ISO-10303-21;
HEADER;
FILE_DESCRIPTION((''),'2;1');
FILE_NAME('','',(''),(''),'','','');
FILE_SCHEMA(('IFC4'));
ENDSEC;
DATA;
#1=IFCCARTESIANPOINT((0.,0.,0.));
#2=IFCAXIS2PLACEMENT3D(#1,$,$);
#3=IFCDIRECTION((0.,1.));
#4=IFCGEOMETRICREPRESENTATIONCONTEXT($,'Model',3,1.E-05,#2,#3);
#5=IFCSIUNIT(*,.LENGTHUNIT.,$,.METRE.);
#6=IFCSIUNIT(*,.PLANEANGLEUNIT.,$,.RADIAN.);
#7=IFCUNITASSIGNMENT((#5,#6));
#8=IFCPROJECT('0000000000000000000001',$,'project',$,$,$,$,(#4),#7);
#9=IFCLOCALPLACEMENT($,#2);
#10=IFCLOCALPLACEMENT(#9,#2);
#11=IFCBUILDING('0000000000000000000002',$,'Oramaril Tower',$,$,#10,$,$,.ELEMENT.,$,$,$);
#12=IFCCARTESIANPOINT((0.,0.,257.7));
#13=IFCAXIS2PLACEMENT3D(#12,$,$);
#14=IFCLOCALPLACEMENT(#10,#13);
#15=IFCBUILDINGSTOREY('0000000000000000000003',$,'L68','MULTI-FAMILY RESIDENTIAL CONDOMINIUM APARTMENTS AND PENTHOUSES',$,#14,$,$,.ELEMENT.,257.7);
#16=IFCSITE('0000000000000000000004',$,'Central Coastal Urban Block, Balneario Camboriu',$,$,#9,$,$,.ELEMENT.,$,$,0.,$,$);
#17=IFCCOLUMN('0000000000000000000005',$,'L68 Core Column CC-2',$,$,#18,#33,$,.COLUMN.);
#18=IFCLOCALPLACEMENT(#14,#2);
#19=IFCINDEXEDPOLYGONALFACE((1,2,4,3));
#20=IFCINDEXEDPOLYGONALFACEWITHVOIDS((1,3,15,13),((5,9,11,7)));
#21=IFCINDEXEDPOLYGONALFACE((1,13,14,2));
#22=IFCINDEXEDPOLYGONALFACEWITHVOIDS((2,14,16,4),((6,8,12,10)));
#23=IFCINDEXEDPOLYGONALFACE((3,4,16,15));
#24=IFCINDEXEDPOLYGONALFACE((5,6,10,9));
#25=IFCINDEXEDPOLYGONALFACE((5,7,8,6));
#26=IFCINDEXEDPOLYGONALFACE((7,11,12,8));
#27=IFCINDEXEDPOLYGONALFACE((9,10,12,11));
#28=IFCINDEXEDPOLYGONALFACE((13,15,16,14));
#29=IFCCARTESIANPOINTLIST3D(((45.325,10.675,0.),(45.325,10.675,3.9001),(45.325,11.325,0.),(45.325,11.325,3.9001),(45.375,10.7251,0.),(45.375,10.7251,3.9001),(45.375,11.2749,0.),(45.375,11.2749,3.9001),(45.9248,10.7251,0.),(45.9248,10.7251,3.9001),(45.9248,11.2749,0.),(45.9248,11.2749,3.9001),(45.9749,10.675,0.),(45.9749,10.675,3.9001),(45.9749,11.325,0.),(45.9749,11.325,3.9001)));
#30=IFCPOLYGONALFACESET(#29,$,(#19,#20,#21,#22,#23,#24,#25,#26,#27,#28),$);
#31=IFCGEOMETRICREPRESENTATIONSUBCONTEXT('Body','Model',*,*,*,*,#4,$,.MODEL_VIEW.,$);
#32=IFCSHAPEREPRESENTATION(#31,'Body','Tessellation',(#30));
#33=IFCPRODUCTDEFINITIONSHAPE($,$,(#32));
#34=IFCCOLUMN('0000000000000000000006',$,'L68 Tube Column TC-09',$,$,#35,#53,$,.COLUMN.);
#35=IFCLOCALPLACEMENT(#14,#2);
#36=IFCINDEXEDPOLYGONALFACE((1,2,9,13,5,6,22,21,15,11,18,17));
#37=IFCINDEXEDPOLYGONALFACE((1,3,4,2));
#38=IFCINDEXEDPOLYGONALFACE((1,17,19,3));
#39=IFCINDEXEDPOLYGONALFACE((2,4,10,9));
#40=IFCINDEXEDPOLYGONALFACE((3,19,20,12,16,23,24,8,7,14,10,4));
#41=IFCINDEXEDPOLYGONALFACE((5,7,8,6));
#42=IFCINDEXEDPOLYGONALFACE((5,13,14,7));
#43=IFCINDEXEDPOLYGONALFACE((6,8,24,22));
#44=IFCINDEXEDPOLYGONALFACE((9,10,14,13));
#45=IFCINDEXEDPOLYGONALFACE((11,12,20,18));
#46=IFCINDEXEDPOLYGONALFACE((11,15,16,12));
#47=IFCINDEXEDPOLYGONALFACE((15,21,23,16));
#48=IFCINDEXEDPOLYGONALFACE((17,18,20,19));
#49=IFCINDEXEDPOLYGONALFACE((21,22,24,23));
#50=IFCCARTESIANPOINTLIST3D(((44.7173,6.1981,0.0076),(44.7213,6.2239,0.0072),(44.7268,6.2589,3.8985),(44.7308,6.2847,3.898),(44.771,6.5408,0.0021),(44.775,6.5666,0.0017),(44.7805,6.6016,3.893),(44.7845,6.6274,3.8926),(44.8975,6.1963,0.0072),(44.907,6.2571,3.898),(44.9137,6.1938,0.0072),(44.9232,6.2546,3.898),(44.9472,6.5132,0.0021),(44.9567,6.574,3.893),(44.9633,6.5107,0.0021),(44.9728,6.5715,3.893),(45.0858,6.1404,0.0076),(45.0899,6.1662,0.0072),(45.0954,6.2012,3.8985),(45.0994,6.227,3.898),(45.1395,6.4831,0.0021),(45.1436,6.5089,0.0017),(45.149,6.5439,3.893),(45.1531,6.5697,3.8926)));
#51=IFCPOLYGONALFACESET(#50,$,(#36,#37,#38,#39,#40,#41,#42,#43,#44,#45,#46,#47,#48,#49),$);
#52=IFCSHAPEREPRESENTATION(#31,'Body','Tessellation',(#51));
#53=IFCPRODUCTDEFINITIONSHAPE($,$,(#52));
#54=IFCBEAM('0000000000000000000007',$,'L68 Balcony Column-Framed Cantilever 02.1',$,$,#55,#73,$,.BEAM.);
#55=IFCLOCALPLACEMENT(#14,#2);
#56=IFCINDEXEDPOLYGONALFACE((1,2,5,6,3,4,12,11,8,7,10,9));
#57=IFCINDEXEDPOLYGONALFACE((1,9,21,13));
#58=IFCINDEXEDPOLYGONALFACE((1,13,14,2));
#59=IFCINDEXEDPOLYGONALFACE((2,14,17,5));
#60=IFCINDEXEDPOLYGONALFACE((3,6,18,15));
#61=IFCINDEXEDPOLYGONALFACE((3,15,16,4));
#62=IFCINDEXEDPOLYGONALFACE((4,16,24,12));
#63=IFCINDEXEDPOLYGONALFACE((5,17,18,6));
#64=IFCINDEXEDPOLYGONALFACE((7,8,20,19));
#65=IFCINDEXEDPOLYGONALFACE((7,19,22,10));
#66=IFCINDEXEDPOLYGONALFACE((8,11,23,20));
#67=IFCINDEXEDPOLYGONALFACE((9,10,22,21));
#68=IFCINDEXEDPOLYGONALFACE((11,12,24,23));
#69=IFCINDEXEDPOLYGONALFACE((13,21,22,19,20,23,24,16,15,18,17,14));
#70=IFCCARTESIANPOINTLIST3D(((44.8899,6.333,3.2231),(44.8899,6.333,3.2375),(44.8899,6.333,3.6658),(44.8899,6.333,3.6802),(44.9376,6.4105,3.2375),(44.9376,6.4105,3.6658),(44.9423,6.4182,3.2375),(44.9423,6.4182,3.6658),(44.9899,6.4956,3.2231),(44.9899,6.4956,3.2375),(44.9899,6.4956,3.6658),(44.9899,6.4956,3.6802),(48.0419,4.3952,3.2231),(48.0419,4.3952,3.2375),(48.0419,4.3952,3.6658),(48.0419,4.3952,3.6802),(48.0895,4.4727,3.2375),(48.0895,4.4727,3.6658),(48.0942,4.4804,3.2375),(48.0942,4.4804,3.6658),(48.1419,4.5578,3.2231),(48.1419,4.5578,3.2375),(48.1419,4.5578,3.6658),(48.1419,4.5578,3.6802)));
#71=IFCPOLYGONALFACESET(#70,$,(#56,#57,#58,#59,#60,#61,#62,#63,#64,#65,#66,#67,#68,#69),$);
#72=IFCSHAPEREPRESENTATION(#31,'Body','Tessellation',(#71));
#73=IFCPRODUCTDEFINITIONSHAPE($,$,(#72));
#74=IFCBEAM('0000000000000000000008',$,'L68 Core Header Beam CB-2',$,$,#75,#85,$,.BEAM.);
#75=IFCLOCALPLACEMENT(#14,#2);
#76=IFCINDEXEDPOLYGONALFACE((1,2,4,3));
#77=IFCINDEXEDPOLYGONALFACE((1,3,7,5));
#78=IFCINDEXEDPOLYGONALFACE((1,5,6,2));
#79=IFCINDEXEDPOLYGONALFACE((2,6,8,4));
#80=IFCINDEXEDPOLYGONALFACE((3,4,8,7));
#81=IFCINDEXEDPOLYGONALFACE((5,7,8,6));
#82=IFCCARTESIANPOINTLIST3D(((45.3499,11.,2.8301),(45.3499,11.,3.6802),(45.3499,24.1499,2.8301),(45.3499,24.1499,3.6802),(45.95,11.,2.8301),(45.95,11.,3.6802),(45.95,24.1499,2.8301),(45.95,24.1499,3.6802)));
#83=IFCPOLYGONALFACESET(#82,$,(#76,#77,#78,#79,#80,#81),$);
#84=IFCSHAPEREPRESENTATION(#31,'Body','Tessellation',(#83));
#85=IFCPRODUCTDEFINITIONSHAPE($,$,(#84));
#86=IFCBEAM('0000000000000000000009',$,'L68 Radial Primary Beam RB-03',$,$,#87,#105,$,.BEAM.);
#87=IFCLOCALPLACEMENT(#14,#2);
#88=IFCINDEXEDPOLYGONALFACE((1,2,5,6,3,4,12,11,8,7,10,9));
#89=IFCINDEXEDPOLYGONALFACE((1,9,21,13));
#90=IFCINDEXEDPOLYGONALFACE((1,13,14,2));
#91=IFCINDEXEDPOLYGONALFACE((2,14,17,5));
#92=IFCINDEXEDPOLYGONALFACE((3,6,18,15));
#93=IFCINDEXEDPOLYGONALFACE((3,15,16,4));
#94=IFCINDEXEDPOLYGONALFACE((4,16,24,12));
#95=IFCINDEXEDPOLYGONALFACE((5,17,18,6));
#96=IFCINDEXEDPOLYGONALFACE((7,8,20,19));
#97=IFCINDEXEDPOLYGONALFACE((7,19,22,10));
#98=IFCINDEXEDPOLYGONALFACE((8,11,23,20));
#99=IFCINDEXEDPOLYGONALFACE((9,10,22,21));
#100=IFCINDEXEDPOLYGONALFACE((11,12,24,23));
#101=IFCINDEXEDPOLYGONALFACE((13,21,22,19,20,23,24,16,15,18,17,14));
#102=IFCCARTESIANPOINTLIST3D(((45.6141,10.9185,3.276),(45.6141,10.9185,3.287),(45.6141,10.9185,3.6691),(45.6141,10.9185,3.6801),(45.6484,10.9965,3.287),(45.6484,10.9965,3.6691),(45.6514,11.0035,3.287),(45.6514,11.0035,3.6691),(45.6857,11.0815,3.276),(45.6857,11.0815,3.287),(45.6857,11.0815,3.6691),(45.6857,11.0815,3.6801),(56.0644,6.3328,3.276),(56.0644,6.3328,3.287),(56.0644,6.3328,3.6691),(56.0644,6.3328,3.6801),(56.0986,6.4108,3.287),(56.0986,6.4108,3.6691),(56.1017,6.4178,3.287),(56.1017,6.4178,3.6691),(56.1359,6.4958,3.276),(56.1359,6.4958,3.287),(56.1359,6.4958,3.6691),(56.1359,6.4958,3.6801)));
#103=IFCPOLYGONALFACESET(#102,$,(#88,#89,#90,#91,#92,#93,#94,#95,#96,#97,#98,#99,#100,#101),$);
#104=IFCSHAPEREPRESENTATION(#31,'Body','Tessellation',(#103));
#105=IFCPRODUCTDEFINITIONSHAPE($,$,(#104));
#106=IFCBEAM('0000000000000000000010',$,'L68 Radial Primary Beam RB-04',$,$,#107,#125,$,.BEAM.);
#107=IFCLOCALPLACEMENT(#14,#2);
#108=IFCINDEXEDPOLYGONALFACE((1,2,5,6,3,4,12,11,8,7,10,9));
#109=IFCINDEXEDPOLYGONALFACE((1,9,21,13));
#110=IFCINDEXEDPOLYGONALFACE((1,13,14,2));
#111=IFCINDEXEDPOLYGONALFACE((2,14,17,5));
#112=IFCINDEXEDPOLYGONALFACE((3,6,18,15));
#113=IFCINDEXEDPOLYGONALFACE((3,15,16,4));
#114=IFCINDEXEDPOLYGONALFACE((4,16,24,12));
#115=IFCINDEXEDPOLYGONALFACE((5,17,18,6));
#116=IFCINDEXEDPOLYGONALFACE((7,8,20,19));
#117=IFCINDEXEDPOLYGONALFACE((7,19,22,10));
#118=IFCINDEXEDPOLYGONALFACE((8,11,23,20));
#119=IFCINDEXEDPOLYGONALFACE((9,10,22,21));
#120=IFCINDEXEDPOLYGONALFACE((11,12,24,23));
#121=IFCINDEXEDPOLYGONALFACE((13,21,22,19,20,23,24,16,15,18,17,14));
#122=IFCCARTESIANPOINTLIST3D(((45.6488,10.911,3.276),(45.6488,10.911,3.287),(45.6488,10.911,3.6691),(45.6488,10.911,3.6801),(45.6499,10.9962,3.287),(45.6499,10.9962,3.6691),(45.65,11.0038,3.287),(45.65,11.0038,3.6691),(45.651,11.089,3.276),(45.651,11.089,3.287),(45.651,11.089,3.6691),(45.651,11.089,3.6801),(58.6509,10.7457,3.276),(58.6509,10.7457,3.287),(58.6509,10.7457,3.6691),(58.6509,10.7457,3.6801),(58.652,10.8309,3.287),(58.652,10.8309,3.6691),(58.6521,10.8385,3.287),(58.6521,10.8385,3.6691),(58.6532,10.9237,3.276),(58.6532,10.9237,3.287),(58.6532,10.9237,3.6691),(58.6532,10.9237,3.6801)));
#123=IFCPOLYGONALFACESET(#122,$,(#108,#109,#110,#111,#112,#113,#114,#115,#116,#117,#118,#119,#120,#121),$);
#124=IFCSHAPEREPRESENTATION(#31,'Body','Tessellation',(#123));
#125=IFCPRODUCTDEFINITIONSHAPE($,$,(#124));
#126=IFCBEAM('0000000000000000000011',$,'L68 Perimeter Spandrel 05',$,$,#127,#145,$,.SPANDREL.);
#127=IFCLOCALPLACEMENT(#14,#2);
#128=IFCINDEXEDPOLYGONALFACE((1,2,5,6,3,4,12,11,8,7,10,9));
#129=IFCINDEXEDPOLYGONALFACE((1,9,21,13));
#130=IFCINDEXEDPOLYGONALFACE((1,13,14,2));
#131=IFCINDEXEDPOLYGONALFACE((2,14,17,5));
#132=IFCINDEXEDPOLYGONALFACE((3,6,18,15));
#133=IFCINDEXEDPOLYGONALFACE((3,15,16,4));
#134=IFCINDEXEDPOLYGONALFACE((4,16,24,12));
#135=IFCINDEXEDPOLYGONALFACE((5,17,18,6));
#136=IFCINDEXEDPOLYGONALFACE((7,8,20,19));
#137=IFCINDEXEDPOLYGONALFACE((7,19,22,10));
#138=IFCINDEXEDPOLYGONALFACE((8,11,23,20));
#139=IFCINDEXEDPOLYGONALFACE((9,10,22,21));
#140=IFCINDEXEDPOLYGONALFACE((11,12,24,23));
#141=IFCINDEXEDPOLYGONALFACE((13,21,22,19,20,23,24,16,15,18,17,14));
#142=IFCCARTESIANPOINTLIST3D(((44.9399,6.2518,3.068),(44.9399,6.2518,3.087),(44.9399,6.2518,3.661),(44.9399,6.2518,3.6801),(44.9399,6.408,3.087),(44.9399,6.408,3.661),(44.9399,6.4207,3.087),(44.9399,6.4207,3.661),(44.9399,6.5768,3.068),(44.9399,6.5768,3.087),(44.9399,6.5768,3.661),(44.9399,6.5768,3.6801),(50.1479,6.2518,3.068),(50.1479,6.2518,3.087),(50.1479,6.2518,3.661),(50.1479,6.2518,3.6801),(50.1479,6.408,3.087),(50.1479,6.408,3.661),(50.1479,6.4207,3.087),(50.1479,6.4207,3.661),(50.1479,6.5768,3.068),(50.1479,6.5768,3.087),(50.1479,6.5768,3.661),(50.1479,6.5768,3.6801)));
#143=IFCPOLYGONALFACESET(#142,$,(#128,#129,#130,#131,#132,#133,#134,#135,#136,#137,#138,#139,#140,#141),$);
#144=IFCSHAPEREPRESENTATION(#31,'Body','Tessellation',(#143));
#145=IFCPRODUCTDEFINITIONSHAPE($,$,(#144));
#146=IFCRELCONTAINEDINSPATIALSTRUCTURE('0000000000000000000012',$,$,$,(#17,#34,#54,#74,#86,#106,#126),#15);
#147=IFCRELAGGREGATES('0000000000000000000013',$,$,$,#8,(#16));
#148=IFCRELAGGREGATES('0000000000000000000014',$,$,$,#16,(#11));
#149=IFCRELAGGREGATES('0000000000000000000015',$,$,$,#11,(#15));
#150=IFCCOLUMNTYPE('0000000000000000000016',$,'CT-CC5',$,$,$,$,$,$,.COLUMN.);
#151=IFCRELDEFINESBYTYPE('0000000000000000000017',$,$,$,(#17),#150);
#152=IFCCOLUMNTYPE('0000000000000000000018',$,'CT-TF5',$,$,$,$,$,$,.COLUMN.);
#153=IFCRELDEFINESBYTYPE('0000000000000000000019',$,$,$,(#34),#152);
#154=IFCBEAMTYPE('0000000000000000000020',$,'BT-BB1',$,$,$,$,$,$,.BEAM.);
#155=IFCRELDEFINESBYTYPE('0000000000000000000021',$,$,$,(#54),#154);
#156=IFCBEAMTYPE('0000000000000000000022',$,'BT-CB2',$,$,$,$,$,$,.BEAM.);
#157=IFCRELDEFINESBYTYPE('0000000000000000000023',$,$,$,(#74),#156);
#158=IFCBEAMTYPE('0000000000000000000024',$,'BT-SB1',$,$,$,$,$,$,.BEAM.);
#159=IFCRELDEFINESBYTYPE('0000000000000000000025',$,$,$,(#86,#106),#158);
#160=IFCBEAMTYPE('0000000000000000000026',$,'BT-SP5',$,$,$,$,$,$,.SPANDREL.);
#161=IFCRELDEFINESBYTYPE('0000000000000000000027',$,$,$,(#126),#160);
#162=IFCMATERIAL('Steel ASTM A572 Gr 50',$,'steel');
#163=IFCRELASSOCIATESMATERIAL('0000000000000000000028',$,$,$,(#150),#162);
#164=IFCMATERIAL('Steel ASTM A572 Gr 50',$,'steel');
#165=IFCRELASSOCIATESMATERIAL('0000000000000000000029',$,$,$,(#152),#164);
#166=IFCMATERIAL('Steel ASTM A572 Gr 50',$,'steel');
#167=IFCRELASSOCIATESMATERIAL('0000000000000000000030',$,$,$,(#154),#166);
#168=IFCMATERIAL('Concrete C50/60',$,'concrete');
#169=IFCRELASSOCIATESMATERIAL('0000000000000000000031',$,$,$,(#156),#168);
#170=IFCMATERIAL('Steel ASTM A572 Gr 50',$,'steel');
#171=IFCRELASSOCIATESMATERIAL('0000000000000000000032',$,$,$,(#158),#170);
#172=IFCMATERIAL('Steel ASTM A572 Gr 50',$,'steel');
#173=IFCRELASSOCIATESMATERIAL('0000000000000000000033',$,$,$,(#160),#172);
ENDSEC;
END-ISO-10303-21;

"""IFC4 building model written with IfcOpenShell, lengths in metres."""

from ifc_helpers import new_model, si_unit, direction, frame, origin, origin_2d, place, context, subcontext, project, spatial, rectangle, hollow_rectangle, i_section, extrude, material, material_profile, profile_set, type_object, element, save


model = new_model("IFC4")

# Units and contexts
model_context = context("Model", 3, precision=1e-05, world=origin(), true_north=direction((0.0, 1.0)))
body_context = subcontext(model_context, "Body", "Model", "MODEL_VIEW")
ifc_project = project(units=[si_unit("LENGTHUNIT", "METRE"), si_unit("PLANEANGLEUNIT", "RADIAN")], contexts=[model_context])

# Site, building, storey
site_placement = place(None, origin())
site = spatial("IfcSite", under=ifc_project, at=site_placement, Name="Central Coastal Urban Block, Balneario Camboriu", CompositionType="ELEMENT", RefElevation=0.0)
building_placement = place(site_placement, origin())
building = spatial("IfcBuilding", under=site, at=building_placement, Name="Oramaril Tower", CompositionType="ELEMENT")
storey_placement = place(building_placement, frame((0.0, 0.0, 257.7)))
storey = spatial("IfcBuildingStorey", under=building, at=storey_placement, Name="L68", Description="MULTI-FAMILY RESIDENTIAL CONDOMINIUM APARTMENTS AND PENTHOUSES", CompositionType="ELEMENT", Elevation=257.7)

# Columns
ifc_material_1 = material(Name="Steel ASTM A572 Gr 50", Category="steel")
ifc_material_profile_1 = material_profile(ifc_material_1, hollow_rectangle(XDim=0.6499, YDim=0.6499, WallThickness=0.05, at=origin_2d()), Name="BOX650X650X50")
ifc_profile_set_1 = profile_set([ifc_material_profile_1], Name="Steel ASTM A572 Gr 50")
column_type_1 = type_object("IfcColumnType", Name="CT-CC5", PredefinedType="COLUMN", material=ifc_profile_set_1)
column_1_placement = place(storey_placement, frame((45.6499, 11.0, 0.0), z_axis=(0.0, 0.0, 1.0), x_axis=(1.0, 0.0, 0.0)))
element("IfcColumn", 1, at=column_1_placement, inside=storey, type_object=column_type_1, Name="L68 Core Column CC-2", PredefinedType="COLUMN", context=body_context, shape_type="SweptSolid", body=[
    extrude(hollow_rectangle(XDim=0.6499, YDim=0.6499, WallThickness=0.05, at=origin_2d()), origin(), (0.0, 0.0, 1.0), 3.9001),
])
ifc_material_2 = material(Name="Steel ASTM A572 Gr 50", Category="steel")
ifc_material_profile_2 = material_profile(ifc_material_2, i_section(OverallWidth=0.373, OverallDepth=0.373, WebThickness=0.0164, FlangeThickness=0.0261, at=origin_2d()), Name="W14X132")
ifc_profile_set_2 = profile_set([ifc_material_profile_2], Name="Steel ASTM A572 Gr 50")
column_type_2 = type_object("IfcColumnType", Name="CT-TF5", PredefinedType="COLUMN", material=ifc_profile_set_2)
column_2_placement = place(storey_placement, frame((44.9304, 6.3535, 0.0046), z_axis=(0.002447, 0.015622, 0.999875), x_axis=(-0.987955, 0.15474, 0.0)))
element("IfcColumn", 2, at=column_2_placement, inside=storey, type_object=column_type_2, Name="L68 Tube Column TC-09", PredefinedType="COLUMN", context=body_context, shape_type="SweptSolid", body=[
    extrude(i_section(OverallWidth=0.373, OverallDepth=0.373, WebThickness=0.0164, FlangeThickness=0.0261, at=origin_2d()), origin(), (0.0, 0.0, 1.0), 3.8914),
])

# Beams
ifc_material_3 = material(Name="Steel ASTM A572 Gr 50", Category="steel")
ifc_material_profile_3 = material_profile(ifc_material_3, i_section(OverallWidth=0.1909, OverallDepth=0.457, WebThickness=0.009, FlangeThickness=0.0144, at=origin_2d()), Name="W18X50")
ifc_profile_set_3 = profile_set([ifc_material_profile_3], Name="Steel ASTM A572 Gr 50")
beam_type_1 = type_object("IfcBeamType", Name="BT-BB1", PredefinedType="BEAM", material=ifc_profile_set_3)
beam_1_placement = place(storey_placement, frame((44.9399, 6.4143, 3.4517), z_axis=(0.851883, -0.523733, 0.0), x_axis=(0.523733, 0.851883, 0.0)))
element("IfcBeam", 3, at=beam_1_placement, inside=storey, type_object=beam_type_1, Name="L68 Balcony Column-Framed Cantilever 02.1", PredefinedType="BEAM", context=body_context, shape_type="SweptSolid", body=[
    extrude(i_section(OverallWidth=0.1909, OverallDepth=0.457, WebThickness=0.009, FlangeThickness=0.0144, at=origin_2d()), origin(), (0.0, 0.0, 1.0), 3.7),
])
ifc_material_4 = material(Name="Concrete C50/60", Category="concrete")
ifc_material_profile_4 = material_profile(ifc_material_4, rectangle(XDim=0.6001, YDim=0.8501, at=origin_2d()), Name="CB600X850")
ifc_profile_set_4 = profile_set([ifc_material_profile_4], Name="Concrete C50/60")
beam_type_2 = type_object("IfcBeamType", Name="BT-CB2", PredefinedType="BEAM", material=ifc_profile_set_4)
beam_2_placement = place(storey_placement, frame((45.6499, 11.0, 3.2551), z_axis=(0.0, 1.0, 0.0), x_axis=(-1.0, 0.0, 0.0)))
element("IfcBeam", 4, at=beam_2_placement, inside=storey, type_object=beam_type_2, Name="L68 Core Header Beam CB-2", PredefinedType="BEAM", context=body_context, shape_type="SweptSolid", body=[
    extrude(rectangle(XDim=0.6001, YDim=0.8501, at=origin_2d()), origin(), (0.0, 0.0, 1.0), 13.1499),
])
ifc_material_5 = material(Name="Steel ASTM A572 Gr 50", Category="steel")
ifc_material_profile_5 = material_profile(ifc_material_5, i_section(OverallWidth=0.178, OverallDepth=0.4041, WebThickness=0.0076, FlangeThickness=0.011, at=origin_2d()), Name="W16X36")
ifc_profile_set_5 = profile_set([ifc_material_profile_5], Name="Steel ASTM A572 Gr 50")
beam_type_3 = type_object("IfcBeamType", Name="BT-SB1", PredefinedType="BEAM", material=ifc_profile_set_5)
beam_3_placement = place(storey_placement, frame((45.6499, 11.0, 3.478), z_axis=(0.915715, -0.401829, 0.0), x_axis=(0.401829, 0.915715, 0.0)))
element("IfcBeam", 5, at=beam_3_placement, inside=storey, type_object=beam_type_3, Name="L68 Radial Primary Beam RB-03", PredefinedType="BEAM", context=body_context, shape_type="SweptSolid", body=[
    extrude(i_section(OverallWidth=0.178, OverallDepth=0.4041, WebThickness=0.0076, FlangeThickness=0.011, at=origin_2d()), origin(), (0.0, 0.0, 1.0), 11.4121),
])
beam_4_placement = place(storey_placement, frame((45.6499, 11.0, 3.478), z_axis=(0.999919, -0.012711, 0.0), x_axis=(0.012711, 0.999919, 0.0)))
element("IfcBeam", 6, at=beam_4_placement, inside=storey, type_object=beam_type_3, Name="L68 Radial Primary Beam RB-04", PredefinedType="BEAM", context=body_context, shape_type="SweptSolid", body=[
    extrude(i_section(OverallWidth=0.178, OverallDepth=0.4041, WebThickness=0.0076, FlangeThickness=0.011, at=origin_2d()), origin(), (0.0, 0.0, 1.0), 13.0032),
])
ifc_material_6 = material(Name="Steel ASTM A572 Gr 50", Category="steel")
ifc_material_profile_6 = material_profile(ifc_material_6, i_section(OverallWidth=0.325, OverallDepth=0.6121, WebThickness=0.0127, FlangeThickness=0.019, at=origin_2d()), Name="W24X104")
ifc_profile_set_6 = profile_set([ifc_material_profile_6], Name="Steel ASTM A572 Gr 50")
beam_type_4 = type_object("IfcBeamType", Name="BT-SP5", PredefinedType="SPANDREL", material=ifc_profile_set_6)
beam_5_placement = place(storey_placement, frame((44.9399, 6.4143, 3.374), z_axis=(1.0, 0.0, 0.0), x_axis=(0.0, 1.0, 0.0)))
element("IfcBeam", 7, at=beam_5_placement, inside=storey, type_object=beam_type_4, Name="L68 Perimeter Spandrel 05", PredefinedType="SPANDREL", context=body_context, shape_type="SweptSolid", body=[
    extrude(i_section(OverallWidth=0.325, OverallDepth=0.6121, WebThickness=0.0127, FlangeThickness=0.019, at=origin_2d()), origin(), (0.0, 0.0, 1.0), 5.208),
])

save(model, "model.ifc")
